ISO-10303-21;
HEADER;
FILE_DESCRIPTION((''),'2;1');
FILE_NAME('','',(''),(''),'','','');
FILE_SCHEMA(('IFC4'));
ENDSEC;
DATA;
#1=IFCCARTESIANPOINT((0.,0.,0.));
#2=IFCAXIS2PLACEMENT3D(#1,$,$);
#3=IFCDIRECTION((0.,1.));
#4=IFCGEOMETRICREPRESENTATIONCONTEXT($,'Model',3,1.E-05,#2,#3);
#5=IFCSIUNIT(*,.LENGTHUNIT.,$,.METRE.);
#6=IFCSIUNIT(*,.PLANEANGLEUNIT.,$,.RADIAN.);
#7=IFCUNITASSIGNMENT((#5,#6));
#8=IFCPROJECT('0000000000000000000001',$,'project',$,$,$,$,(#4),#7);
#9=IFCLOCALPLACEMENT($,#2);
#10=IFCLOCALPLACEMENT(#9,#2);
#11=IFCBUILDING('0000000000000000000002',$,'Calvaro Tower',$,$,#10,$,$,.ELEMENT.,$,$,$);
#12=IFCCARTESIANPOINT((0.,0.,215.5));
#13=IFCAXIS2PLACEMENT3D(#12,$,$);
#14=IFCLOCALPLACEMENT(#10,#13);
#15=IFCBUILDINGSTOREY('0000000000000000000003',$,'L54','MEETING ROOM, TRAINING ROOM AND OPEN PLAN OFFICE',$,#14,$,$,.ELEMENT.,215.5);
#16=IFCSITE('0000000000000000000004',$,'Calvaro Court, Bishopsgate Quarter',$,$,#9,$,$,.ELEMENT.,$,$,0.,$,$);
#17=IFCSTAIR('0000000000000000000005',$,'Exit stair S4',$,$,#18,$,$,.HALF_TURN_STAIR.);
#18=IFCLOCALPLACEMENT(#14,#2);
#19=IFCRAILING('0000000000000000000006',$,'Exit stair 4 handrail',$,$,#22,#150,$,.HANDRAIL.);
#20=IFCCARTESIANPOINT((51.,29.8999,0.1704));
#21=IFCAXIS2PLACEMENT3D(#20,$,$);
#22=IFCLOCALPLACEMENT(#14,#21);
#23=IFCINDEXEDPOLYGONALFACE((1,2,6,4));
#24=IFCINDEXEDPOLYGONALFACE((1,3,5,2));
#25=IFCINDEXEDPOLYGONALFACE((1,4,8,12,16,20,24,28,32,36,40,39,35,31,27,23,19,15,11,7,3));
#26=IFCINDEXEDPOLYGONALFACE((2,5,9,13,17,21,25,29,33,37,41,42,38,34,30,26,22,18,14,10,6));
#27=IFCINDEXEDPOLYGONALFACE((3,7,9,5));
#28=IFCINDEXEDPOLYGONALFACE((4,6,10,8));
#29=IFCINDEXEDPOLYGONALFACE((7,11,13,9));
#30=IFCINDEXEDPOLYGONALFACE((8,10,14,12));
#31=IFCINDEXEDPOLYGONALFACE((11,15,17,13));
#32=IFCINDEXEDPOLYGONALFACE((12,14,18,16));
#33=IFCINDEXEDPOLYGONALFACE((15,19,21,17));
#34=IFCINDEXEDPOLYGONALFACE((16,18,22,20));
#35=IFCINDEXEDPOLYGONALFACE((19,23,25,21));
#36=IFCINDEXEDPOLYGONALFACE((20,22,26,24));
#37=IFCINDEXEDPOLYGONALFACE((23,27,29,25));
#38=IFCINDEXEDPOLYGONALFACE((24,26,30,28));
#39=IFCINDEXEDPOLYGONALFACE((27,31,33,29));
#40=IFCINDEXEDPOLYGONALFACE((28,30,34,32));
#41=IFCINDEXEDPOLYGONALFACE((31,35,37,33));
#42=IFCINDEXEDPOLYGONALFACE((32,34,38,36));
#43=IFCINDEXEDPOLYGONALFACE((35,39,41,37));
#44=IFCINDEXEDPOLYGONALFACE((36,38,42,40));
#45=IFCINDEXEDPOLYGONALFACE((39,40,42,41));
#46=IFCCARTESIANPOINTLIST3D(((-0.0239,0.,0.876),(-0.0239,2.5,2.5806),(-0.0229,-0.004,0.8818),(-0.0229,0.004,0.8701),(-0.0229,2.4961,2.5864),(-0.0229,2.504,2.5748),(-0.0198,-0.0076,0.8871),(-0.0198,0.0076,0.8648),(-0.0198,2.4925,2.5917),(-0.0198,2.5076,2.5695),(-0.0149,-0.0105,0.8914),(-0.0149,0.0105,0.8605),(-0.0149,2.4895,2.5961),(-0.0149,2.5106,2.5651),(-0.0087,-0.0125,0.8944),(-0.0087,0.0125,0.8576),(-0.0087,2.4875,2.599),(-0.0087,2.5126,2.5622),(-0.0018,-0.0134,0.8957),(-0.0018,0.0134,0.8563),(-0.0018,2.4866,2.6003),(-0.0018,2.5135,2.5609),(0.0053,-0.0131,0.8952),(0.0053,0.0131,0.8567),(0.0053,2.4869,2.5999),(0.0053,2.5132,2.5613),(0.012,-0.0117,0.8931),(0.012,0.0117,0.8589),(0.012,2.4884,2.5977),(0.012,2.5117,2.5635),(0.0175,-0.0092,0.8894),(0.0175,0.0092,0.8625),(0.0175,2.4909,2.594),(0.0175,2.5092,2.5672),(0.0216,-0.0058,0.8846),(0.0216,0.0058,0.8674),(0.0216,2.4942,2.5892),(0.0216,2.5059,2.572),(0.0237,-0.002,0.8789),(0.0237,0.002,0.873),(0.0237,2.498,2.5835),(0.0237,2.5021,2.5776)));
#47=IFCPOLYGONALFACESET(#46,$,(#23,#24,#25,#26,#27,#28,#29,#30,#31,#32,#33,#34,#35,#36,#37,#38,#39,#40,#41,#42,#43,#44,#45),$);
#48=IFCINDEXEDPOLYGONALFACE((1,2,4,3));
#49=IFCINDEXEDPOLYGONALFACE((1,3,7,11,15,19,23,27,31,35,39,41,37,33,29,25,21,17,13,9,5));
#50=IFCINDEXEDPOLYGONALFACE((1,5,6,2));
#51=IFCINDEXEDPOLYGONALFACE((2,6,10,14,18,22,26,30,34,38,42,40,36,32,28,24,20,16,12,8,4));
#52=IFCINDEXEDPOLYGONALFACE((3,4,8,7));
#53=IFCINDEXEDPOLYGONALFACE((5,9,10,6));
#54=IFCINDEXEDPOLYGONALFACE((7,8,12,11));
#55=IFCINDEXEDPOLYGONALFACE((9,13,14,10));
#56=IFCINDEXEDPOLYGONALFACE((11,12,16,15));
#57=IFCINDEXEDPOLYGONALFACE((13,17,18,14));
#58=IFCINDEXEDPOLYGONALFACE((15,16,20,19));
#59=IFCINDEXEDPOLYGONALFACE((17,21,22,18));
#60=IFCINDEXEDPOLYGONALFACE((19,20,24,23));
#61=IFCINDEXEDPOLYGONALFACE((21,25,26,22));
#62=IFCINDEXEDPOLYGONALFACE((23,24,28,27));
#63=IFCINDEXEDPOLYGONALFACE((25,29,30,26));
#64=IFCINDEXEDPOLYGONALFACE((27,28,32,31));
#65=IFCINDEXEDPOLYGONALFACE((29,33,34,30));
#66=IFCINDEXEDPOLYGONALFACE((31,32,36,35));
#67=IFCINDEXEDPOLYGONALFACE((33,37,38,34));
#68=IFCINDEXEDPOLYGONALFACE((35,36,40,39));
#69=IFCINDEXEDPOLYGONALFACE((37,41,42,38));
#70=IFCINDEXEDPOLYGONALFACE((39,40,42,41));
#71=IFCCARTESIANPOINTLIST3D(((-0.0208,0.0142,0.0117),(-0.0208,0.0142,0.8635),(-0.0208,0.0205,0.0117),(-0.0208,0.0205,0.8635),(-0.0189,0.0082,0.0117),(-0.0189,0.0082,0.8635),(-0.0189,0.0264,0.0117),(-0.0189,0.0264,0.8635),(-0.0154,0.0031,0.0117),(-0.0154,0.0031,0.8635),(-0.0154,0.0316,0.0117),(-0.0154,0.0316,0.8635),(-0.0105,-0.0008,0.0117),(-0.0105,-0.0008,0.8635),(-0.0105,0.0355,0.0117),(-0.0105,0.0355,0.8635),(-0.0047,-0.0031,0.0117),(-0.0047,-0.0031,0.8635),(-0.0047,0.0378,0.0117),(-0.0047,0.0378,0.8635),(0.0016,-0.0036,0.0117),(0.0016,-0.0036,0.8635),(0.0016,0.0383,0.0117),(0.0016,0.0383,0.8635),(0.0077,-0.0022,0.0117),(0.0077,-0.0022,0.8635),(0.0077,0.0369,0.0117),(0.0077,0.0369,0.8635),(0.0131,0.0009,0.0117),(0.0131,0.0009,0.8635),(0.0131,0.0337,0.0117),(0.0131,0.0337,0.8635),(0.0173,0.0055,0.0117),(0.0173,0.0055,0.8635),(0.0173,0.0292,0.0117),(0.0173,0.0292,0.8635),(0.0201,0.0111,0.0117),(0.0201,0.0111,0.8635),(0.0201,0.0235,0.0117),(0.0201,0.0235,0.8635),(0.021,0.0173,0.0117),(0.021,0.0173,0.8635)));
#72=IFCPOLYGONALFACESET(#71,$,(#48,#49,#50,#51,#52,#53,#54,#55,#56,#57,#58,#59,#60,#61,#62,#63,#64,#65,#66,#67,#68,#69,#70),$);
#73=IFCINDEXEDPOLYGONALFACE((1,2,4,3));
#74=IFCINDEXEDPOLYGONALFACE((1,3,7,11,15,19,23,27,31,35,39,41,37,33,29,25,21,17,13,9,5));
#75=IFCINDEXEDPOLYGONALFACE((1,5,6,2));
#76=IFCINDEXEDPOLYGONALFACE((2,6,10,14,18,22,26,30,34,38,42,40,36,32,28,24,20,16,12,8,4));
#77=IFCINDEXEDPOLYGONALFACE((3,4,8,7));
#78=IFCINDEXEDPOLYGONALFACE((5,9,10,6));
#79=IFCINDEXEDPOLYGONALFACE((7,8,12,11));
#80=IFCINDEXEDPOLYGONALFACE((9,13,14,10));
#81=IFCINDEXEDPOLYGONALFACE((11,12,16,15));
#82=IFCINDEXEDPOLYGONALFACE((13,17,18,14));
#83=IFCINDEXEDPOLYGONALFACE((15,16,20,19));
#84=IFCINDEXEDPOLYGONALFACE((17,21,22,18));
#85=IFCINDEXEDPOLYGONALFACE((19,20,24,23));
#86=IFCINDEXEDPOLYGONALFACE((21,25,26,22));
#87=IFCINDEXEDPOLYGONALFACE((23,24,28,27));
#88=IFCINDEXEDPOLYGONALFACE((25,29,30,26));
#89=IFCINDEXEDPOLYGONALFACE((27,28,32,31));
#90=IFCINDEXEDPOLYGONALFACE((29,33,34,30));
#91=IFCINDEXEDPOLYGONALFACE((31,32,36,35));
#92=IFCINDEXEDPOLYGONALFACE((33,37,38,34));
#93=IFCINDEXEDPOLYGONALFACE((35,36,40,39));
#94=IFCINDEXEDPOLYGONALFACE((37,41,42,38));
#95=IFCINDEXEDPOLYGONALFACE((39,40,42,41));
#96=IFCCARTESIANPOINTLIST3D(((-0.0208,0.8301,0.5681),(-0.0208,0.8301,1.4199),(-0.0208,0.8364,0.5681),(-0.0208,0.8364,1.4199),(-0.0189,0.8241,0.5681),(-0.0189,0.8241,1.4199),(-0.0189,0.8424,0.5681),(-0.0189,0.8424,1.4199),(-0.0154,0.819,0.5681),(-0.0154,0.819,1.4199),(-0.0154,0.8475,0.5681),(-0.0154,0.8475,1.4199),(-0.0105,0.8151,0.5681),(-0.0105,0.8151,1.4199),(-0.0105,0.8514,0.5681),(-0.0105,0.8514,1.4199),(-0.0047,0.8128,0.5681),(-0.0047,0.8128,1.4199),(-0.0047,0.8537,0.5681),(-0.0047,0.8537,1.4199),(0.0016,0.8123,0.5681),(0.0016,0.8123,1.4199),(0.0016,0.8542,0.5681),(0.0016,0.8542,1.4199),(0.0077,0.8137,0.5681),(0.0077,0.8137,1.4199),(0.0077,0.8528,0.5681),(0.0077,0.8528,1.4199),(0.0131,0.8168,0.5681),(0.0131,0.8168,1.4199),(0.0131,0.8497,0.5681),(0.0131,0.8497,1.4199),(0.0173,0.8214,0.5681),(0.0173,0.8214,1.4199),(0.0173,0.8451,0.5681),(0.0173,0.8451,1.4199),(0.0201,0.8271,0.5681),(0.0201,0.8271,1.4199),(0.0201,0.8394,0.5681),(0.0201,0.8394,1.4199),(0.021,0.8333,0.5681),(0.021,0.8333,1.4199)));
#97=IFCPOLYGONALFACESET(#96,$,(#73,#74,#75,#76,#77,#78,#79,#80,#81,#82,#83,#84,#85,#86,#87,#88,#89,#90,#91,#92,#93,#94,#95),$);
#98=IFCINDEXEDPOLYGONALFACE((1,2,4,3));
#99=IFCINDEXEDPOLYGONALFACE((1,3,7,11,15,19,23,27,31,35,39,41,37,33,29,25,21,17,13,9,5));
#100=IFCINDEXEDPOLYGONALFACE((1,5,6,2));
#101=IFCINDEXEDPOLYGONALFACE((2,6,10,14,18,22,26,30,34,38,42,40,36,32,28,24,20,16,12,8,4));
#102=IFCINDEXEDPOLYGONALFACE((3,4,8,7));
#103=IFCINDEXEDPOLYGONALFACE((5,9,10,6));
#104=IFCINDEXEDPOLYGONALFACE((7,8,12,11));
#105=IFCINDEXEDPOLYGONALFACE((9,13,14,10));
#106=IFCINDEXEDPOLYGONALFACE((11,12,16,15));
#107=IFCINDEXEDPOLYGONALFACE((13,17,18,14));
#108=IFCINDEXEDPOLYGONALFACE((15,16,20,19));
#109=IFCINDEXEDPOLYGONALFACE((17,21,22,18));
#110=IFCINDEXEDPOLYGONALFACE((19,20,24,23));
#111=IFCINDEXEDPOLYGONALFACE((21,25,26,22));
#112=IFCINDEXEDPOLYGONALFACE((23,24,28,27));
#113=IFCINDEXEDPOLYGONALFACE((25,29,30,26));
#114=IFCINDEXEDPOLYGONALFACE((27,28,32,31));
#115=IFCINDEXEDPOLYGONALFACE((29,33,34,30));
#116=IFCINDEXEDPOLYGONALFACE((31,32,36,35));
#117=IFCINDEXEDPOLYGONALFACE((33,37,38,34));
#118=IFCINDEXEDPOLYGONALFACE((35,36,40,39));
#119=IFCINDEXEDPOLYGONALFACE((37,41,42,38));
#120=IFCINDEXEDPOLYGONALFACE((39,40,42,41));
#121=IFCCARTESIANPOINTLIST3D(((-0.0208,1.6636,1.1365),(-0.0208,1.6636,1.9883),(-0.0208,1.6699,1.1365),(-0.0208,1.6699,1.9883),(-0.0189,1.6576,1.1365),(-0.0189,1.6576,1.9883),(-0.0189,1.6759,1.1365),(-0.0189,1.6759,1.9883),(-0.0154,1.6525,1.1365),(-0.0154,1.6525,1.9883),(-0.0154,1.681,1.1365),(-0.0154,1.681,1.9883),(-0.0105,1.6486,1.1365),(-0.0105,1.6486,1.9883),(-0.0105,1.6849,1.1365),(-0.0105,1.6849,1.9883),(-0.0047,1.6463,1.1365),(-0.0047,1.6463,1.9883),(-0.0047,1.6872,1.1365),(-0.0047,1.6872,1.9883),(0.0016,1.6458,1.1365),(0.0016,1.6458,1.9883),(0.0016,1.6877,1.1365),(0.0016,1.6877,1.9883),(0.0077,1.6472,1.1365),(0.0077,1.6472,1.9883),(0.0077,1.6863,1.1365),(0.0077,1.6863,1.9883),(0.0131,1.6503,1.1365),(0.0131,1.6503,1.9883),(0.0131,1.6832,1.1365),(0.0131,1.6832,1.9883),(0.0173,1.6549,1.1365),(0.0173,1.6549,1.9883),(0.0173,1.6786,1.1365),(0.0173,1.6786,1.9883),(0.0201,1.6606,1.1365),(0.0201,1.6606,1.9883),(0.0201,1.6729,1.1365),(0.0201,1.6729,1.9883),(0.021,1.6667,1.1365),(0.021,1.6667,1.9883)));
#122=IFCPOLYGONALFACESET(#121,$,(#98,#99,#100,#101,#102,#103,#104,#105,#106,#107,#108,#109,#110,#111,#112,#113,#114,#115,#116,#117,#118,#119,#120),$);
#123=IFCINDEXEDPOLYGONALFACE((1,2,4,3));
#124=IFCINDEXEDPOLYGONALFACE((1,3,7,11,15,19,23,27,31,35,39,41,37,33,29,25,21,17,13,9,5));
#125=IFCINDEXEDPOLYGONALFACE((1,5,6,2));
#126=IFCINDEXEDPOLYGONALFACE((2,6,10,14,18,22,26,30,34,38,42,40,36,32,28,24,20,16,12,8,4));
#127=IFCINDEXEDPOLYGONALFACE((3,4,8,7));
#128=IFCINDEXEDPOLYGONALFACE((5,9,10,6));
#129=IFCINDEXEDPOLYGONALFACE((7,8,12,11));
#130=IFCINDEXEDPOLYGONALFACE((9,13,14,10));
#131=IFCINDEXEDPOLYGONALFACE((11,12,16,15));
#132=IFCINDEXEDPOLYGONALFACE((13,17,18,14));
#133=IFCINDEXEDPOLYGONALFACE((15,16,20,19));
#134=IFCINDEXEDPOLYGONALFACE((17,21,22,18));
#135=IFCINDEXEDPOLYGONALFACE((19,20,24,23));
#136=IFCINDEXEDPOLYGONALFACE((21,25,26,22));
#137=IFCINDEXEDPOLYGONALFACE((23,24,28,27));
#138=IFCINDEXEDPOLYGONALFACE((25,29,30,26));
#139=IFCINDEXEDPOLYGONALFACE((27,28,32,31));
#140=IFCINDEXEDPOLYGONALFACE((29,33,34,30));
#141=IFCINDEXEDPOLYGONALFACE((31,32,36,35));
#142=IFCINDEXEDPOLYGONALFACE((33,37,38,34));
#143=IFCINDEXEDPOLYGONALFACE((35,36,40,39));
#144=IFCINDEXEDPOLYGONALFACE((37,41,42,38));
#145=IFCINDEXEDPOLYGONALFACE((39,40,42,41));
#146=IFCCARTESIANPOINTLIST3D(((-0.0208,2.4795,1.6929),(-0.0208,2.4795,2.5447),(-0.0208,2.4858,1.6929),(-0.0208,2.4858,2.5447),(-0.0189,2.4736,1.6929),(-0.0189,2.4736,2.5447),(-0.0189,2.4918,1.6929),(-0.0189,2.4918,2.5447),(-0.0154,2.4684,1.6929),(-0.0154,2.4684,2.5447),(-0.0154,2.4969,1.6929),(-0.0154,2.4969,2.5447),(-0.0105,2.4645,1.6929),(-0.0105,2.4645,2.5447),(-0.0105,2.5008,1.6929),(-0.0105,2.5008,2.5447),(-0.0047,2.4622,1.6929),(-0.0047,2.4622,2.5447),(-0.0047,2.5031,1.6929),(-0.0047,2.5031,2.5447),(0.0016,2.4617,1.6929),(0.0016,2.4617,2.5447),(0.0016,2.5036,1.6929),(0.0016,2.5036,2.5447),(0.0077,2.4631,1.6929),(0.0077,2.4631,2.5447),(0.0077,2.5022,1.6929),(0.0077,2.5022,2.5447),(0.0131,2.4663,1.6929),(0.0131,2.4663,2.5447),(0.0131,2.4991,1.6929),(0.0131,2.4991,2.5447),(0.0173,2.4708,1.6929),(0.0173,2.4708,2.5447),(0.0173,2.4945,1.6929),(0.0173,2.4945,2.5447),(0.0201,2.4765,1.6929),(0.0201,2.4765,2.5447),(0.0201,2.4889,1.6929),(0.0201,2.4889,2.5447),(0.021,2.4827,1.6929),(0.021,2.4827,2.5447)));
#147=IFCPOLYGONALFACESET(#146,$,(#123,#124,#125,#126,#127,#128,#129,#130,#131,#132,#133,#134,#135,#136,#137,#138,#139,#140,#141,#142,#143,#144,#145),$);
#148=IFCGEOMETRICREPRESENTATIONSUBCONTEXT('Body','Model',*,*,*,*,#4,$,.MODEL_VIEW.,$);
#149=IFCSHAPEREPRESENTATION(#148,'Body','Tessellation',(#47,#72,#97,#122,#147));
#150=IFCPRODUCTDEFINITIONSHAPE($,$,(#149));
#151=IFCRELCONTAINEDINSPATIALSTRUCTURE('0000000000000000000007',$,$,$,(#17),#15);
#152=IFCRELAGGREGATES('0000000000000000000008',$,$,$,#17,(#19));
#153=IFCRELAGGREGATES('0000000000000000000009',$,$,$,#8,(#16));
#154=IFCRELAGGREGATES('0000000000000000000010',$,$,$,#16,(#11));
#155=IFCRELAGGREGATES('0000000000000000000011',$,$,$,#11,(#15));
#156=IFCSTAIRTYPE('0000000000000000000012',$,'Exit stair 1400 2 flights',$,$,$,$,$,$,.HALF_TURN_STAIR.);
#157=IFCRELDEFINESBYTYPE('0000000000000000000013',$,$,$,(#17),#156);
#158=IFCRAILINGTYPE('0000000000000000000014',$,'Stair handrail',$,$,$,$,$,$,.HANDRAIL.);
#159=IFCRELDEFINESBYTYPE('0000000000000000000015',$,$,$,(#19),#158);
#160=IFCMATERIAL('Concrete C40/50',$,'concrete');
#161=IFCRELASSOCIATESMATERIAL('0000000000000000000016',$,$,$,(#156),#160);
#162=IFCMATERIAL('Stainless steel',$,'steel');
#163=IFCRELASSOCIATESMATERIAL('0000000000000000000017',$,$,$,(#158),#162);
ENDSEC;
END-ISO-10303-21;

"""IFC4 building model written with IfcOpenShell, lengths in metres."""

from ifc_helpers import new_model, si_unit, direction, frame, origin, origin_2d, place, context, subcontext, project, spatial, circle, extrude, material, type_object, element, aggregate, save


model = new_model("IFC4")

# Units and contexts
model_context = context("Model", 3, precision=1e-05, world=origin(), true_north=direction((0.0, 1.0)))
body_context = subcontext(model_context, "Body", "Model", "MODEL_VIEW")
ifc_project = project(units=[si_unit("LENGTHUNIT", "METRE"), si_unit("PLANEANGLEUNIT", "RADIAN")], contexts=[model_context])

# Site, building, storey
site_placement = place(None, origin())
site = spatial("IfcSite", under=ifc_project, at=site_placement, Name="Calvaro Court, Bishopsgate Quarter", CompositionType="ELEMENT", RefElevation=0.0)
building_placement = place(site_placement, origin())
building = spatial("IfcBuilding", under=site, at=building_placement, Name="Calvaro Tower", CompositionType="ELEMENT")
storey_placement = place(building_placement, frame((0.0, 0.0, 215.5)))
storey = spatial("IfcBuildingStorey", under=building, at=storey_placement, Name="L54", Description="MEETING ROOM, TRAINING ROOM AND OPEN PLAN OFFICE", CompositionType="ELEMENT", Elevation=215.5)

# Shared definitions
ifc_material_1 = material(Name="Concrete C40/50", Category="concrete")
stair_type = type_object("IfcStairType", Name="Exit stair 1400 2 flights", PredefinedType="HALF_TURN_STAIR", material=ifc_material_1)
ifc_material_2 = material(Name="Stainless steel", Category="steel")
railing_type = type_object("IfcRailingType", Name="Stair handrail", PredefinedType="HANDRAIL", material=ifc_material_2)

# Stair, railing
stair_1_placement = place(storey_placement, origin())
stair_1 = element("IfcStair", 1, at=stair_1_placement, inside=storey, type_object=stair_type, Name="Exit stair S4", PredefinedType="HALF_TURN_STAIR")
railing_1_placement = place(storey_placement, frame((51.0, 29.8999, 0.1704)))
railing_1 = element("IfcRailing", 2, at=railing_1_placement, type_object=railing_type, Name="Exit stair 4 handrail", PredefinedType="HANDRAIL", context=body_context, shape_type="SweptSolid", body=[
    extrude(circle(Radius=0.0239, at=origin_2d()), frame((0.0, 0.0, 0.876), z_axis=(0.0, 0.826221, 0.563347), x_axis=(-1.0, 0.0, 0.0)), (0.0, 0.0, 1.0), 3.0259),
    extrude(circle(Radius=0.021, at=origin_2d()), frame((0.0, 0.0173, 0.0117)), (0.0, 0.0, 1.0), 0.8518),
    extrude(circle(Radius=0.021, at=origin_2d()), frame((0.0, 0.8333, 0.5681)), (0.0, 0.0, 1.0), 0.8518),
    extrude(circle(Radius=0.021, at=origin_2d()), frame((0.0, 1.6667, 1.1365)), (0.0, 0.0, 1.0), 0.8518),
    extrude(circle(Radius=0.021, at=origin_2d()), frame((0.0, 2.4827, 1.6929)), (0.0, 0.0, 1.0), 0.8518),
])
aggregate(stair_1, [railing_1])

save(model, "model.ifc")
